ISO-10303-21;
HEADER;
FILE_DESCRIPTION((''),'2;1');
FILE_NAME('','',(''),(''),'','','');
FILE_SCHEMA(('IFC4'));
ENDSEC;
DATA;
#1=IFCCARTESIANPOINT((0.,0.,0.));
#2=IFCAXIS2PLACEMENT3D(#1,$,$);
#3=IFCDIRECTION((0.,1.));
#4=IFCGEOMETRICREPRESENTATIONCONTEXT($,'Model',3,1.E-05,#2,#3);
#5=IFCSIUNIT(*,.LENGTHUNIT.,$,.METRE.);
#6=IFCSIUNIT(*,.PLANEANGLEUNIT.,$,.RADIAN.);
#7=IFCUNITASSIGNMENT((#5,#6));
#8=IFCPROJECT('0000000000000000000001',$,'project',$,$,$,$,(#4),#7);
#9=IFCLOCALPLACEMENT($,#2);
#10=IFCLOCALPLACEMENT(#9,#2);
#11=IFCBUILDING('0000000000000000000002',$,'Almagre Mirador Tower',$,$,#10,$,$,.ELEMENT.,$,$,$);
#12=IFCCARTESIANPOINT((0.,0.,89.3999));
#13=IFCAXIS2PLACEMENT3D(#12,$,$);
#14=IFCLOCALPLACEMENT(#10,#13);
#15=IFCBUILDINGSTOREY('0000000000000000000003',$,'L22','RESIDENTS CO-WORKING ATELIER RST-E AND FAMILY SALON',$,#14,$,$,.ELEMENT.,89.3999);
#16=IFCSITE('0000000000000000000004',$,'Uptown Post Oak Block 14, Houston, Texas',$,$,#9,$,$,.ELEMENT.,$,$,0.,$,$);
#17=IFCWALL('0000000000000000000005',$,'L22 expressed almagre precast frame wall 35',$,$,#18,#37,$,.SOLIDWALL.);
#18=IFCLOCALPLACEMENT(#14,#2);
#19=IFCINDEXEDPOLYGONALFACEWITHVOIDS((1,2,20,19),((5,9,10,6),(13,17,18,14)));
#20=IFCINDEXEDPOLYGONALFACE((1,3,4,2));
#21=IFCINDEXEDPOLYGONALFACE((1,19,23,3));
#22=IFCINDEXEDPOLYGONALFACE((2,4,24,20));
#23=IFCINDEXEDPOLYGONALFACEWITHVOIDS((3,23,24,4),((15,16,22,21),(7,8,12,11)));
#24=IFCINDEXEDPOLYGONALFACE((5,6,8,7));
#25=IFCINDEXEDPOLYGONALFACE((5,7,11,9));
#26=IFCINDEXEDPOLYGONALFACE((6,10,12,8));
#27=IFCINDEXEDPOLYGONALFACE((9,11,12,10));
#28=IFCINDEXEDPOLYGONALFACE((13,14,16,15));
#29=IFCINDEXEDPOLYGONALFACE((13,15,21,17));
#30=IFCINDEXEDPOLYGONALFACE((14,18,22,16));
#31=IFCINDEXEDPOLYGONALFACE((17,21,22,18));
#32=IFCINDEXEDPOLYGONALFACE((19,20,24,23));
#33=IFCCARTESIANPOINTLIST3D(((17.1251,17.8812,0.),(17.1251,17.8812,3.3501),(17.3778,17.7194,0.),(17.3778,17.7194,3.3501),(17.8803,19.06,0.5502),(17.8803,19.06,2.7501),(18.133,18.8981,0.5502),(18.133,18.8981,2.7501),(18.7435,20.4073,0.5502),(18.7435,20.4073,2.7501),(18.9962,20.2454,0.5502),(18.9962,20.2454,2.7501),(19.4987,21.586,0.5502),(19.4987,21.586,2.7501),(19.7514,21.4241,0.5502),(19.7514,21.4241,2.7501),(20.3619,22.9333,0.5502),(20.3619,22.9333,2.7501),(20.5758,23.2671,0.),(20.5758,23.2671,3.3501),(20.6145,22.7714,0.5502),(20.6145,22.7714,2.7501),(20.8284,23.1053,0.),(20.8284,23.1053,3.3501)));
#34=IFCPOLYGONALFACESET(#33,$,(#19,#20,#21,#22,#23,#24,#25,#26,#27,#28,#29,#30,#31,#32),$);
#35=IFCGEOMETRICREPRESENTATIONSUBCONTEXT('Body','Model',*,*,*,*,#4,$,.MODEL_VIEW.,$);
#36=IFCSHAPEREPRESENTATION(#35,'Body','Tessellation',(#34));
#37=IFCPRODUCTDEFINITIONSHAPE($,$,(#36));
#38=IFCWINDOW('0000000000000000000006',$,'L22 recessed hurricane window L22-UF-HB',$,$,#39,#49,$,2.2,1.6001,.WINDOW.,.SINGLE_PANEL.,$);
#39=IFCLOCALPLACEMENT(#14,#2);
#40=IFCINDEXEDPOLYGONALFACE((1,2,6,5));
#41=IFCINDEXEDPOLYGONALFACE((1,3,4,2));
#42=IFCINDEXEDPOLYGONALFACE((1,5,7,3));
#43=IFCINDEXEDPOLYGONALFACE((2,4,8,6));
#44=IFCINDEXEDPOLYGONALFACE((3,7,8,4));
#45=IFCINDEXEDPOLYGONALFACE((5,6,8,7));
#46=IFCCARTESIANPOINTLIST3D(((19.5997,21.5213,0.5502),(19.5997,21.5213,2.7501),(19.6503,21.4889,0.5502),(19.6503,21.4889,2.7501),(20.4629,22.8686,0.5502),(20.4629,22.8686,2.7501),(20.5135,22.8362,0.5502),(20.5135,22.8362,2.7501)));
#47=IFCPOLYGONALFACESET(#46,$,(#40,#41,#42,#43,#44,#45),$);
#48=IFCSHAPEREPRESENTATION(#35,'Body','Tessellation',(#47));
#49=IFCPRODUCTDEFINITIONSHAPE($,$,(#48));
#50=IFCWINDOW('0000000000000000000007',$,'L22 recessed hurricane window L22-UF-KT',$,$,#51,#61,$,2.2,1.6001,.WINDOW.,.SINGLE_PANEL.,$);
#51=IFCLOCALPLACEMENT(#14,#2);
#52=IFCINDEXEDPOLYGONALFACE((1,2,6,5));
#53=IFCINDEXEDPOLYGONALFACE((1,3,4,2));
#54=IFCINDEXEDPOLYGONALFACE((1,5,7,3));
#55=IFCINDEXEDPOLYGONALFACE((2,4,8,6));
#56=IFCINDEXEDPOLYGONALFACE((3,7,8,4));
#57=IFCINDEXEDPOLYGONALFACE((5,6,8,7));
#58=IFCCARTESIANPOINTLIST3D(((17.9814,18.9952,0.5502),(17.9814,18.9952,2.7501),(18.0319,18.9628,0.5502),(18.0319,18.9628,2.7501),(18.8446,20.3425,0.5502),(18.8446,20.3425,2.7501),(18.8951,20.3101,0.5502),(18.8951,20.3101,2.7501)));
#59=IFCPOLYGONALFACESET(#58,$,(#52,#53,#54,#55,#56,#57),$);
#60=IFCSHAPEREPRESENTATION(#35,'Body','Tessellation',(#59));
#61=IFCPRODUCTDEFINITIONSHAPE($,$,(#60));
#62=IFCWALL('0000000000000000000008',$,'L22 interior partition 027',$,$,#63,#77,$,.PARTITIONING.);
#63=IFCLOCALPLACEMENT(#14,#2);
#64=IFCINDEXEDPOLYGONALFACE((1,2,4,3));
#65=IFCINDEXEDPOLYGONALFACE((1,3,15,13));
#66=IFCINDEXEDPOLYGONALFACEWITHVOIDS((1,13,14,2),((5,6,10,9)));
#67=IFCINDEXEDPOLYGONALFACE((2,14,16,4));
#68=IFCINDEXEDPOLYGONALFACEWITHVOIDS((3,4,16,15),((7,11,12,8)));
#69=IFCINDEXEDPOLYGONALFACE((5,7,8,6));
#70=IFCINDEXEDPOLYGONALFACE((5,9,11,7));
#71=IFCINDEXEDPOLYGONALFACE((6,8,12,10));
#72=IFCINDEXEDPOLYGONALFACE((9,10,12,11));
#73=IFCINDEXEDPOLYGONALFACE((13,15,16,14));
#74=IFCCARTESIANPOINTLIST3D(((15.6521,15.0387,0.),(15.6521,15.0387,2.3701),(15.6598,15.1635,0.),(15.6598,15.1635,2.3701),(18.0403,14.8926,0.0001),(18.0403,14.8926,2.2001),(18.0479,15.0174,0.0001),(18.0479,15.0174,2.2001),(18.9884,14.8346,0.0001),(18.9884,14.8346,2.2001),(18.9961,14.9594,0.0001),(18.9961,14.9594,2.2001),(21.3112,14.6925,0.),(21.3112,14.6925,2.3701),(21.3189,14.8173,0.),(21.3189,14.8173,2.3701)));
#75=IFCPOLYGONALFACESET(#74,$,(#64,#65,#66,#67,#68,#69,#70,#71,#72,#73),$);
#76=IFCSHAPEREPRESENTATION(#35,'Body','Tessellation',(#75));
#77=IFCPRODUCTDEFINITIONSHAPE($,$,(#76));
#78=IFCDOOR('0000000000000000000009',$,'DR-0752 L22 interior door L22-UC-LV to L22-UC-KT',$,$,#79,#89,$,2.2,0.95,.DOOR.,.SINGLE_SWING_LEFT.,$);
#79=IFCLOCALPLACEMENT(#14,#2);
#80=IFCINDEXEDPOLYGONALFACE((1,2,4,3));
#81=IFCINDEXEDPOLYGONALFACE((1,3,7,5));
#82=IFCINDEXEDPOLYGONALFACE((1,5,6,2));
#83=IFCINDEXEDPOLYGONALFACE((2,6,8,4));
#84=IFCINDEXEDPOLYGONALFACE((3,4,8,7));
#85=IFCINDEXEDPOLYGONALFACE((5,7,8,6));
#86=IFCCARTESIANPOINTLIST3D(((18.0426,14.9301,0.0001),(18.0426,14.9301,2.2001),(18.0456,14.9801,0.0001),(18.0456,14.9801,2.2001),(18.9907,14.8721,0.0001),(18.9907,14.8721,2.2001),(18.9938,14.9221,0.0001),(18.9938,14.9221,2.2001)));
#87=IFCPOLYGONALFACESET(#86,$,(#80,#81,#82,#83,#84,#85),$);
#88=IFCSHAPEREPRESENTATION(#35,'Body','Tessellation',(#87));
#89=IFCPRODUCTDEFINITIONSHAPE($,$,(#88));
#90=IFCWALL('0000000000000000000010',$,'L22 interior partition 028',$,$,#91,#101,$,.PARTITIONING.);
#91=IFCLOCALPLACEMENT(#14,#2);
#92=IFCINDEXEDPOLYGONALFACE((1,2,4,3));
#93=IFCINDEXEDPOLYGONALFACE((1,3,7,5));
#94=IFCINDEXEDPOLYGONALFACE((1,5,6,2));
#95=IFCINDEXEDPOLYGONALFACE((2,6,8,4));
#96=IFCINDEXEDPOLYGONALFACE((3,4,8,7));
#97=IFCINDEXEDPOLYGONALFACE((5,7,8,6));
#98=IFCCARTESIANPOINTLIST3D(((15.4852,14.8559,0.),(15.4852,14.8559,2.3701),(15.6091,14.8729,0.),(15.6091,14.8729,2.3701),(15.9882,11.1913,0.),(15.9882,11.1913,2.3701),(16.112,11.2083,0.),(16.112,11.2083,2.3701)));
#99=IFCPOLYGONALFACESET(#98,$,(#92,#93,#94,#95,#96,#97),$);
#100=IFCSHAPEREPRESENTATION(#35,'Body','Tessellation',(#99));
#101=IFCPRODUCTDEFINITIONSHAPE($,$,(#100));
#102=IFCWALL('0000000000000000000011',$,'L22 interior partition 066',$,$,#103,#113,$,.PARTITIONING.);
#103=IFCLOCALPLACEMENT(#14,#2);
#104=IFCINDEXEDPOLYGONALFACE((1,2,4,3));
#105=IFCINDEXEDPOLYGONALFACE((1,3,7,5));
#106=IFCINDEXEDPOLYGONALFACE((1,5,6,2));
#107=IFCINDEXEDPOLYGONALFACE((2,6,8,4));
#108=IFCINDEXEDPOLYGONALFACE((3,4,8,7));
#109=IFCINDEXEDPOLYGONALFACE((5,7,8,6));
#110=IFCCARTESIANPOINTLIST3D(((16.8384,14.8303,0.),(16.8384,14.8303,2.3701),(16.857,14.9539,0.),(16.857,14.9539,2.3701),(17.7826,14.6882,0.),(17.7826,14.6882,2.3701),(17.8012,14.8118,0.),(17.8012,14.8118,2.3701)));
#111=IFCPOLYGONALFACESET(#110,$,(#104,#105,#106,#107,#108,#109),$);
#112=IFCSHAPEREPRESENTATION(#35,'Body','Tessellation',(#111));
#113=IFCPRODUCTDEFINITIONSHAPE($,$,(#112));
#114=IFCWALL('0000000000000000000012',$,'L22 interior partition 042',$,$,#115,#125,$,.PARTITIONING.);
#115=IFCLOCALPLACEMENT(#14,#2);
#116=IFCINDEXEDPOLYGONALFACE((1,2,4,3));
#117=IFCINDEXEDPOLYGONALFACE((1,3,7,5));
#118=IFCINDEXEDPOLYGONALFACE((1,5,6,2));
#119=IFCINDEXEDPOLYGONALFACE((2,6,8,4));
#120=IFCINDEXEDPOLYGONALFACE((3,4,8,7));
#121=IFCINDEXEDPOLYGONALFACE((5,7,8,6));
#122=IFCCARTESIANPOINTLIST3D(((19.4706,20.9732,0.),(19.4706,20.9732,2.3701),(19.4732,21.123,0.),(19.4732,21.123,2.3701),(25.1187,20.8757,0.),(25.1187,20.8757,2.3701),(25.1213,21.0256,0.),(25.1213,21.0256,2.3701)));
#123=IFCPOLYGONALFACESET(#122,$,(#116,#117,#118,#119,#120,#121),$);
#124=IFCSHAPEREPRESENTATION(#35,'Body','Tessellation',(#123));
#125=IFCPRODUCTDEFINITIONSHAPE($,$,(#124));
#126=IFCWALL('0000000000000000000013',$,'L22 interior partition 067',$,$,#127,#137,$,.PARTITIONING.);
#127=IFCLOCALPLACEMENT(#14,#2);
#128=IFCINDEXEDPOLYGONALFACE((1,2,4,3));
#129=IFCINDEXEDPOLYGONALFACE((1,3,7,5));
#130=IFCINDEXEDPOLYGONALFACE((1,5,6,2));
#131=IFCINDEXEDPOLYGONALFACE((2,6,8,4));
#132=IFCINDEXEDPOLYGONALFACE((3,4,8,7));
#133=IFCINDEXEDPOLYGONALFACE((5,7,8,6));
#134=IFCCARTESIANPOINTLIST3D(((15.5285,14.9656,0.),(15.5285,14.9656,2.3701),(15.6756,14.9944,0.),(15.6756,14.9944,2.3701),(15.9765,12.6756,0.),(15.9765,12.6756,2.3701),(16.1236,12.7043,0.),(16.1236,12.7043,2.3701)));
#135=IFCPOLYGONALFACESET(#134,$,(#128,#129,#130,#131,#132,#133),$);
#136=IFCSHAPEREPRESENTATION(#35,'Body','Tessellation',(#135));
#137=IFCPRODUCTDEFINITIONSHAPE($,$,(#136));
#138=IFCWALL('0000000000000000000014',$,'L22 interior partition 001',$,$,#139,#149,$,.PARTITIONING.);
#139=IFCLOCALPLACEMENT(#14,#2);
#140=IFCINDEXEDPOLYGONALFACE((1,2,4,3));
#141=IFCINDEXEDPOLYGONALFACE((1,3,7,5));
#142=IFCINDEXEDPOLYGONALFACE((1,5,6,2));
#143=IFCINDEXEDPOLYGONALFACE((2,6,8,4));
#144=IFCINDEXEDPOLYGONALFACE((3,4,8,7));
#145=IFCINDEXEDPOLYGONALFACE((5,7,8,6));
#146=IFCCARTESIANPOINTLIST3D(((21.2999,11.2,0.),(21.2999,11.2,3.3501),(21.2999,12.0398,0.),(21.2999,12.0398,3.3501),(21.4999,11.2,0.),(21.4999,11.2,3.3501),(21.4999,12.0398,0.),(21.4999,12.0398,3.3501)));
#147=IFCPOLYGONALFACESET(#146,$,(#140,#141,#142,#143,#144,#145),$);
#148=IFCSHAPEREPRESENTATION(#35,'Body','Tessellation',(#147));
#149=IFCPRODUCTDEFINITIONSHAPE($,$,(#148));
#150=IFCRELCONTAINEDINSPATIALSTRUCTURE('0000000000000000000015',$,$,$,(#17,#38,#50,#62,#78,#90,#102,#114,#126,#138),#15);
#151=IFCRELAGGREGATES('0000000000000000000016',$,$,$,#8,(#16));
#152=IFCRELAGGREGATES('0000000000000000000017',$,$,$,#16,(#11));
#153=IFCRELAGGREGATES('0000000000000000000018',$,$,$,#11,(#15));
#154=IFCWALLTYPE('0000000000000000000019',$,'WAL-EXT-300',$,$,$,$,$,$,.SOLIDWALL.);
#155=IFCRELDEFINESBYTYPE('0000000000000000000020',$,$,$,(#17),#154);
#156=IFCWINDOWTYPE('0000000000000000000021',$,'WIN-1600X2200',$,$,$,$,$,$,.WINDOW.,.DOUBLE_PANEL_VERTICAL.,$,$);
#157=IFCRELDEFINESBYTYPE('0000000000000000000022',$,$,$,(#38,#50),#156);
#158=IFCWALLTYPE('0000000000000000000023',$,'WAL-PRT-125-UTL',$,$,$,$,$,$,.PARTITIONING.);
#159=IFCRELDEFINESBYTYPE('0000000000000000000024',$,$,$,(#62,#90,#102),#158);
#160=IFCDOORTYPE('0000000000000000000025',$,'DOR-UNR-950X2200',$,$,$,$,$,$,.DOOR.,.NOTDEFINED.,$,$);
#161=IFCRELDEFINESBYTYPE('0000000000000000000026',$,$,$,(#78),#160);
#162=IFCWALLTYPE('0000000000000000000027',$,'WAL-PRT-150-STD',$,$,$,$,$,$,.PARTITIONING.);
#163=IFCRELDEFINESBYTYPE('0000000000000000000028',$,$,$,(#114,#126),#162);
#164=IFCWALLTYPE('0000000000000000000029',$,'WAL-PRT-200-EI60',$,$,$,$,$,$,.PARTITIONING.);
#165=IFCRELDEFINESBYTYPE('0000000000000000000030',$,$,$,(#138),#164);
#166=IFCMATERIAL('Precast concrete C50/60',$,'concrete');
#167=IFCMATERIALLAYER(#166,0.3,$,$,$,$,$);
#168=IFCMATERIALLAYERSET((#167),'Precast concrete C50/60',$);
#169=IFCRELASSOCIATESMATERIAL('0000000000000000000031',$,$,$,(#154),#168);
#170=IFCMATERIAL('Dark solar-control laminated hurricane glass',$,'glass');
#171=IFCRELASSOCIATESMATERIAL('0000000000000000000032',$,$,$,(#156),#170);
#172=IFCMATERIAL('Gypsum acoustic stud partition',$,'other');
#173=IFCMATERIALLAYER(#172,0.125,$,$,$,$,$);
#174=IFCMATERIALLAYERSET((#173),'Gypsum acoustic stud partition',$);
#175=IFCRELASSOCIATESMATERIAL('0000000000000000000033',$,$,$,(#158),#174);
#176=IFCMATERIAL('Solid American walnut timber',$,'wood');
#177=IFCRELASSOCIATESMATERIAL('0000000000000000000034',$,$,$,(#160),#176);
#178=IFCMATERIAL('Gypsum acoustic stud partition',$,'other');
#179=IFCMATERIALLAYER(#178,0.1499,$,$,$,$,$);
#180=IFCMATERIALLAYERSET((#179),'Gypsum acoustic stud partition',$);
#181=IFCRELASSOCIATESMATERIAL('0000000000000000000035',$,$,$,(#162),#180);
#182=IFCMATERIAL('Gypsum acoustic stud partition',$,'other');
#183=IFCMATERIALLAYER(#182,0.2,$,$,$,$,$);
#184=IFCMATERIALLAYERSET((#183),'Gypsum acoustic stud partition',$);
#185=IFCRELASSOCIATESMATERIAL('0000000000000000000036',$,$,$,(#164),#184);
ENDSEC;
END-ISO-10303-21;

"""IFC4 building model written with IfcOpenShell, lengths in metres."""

from ifc_helpers import new_model, si_unit, direction, frame, frame_2d, origin, place, context, subcontext, project, spatial, rectangle, extrude, material, layer, layer_set, type_object, element, fill, save


model = new_model("IFC4")

# Units and contexts
model_context = context("Model", 3, precision=1e-05, world=origin(), true_north=direction((0.0, 1.0)))
body_context = subcontext(model_context, "Body", "Model", "MODEL_VIEW")
ifc_project = project(units=[si_unit("LENGTHUNIT", "METRE"), si_unit("PLANEANGLEUNIT", "RADIAN")], contexts=[model_context])

# Site, building, storey
site_placement = place(None, origin())
site = spatial("IfcSite", under=ifc_project, at=site_placement, Name="Uptown Post Oak Block 14, Houston, Texas", CompositionType="ELEMENT", RefElevation=0.0)
building_placement = place(site_placement, origin())
building = spatial("IfcBuilding", under=site, at=building_placement, Name="Almagre Mirador Tower", CompositionType="ELEMENT")
storey_placement = place(building_placement, frame((0.0, 0.0, 89.3999)))
storey = spatial("IfcBuildingStorey", under=building, at=storey_placement, Name="L22", Description="RESIDENTS CO-WORKING ATELIER RST-E AND FAMILY SALON", CompositionType="ELEMENT", Elevation=89.3999)

# Wall, openings, windows
ifc_material_1 = material(Name="Precast concrete C50/60", Category="concrete")
ifc_layer_1 = layer(ifc_material_1, 0.3)
ifc_layer_set_1 = layer_set([ifc_layer_1], Name="Precast concrete C50/60")
wall_type_1 = type_object("IfcWallType", Name="WAL-EXT-300", PredefinedType="SOLIDWALL", material=ifc_layer_set_1)
wall_1_placement = place(storey_placement, frame((17.2515, 17.8003, 0.0), z_axis=(0.0, 0.0, 1.0), x_axis=(0.539459, 0.842012, 0.0)))
wall_1 = element("IfcWall", 1, at=wall_1_placement, inside=storey, type_object=wall_type_1, Name="L22 expressed almagre precast frame wall 35", PredefinedType="SOLIDWALL", context=body_context, shape_type="SweptSolid", body=[
    extrude(rectangle(XDim=6.3965, YDim=0.3, at=frame_2d((3.1982, 0.0))), origin(), (0.0, 0.0, 1.0), 3.3501),
])
opening_1_placement = place(wall_1_placement, frame((4.3999, 0.0, 0.55)))
opening_1 = element("IfcOpeningElement", 2, at=opening_1_placement, cuts=wall_1, PredefinedType="OPENING", context=body_context, shape_type="SweptSolid", body=[
    extrude(rectangle(XDim=1.6001, YDim=2.2, at=frame_2d((0.8, 1.1001))), frame((0.0, 0.1599, 0.0), z_axis=(0.0, -1.0, 0.0), x_axis=(1.0, 0.0, 0.0)), (0.0, 0.0, 1.0), 0.32),
])
opening_2_placement = place(wall_1_placement, frame((1.3999, 0.0, 0.55)))
opening_2 = element("IfcOpeningElement", 3, at=opening_2_placement, cuts=wall_1, PredefinedType="OPENING", context=body_context, shape_type="SweptSolid", body=[
    extrude(rectangle(XDim=1.6001, YDim=2.2, at=frame_2d((0.8, 1.1001))), frame((0.0, 0.1599, 0.0), z_axis=(0.0, -1.0, 0.0), x_axis=(1.0, 0.0, 0.0)), (0.0, 0.0, 1.0), 0.32),
])
ifc_material_2 = material(Name="Dark solar-control laminated hurricane glass", Category="glass")
window_type = type_object("IfcWindowType", Name="WIN-1600X2200", PartitioningType="DOUBLE_PANEL_VERTICAL", PredefinedType="WINDOW", material=ifc_material_2)
window_1_placement = place(opening_1_placement, origin())
window_1 = element("IfcWindow", 4, at=window_1_placement, inside=storey, type_object=window_type, Name="L22 recessed hurricane window L22-UF-HB", OverallHeight=2.2, OverallWidth=1.6001, PartitioningType="SINGLE_PANEL", PredefinedType="WINDOW", context=body_context, shape_type="SweptSolid", body=[
    extrude(rectangle(XDim=1.6001, YDim=2.2, at=frame_2d((0.8, 1.1001))), frame((0.0, 0.03, 0.0), z_axis=(0.0, -1.0, 0.0), x_axis=(1.0, 0.0, 0.0)), (0.0, 0.0, 1.0), 0.0601),
])
fill(opening_1, window_1)
window_2_placement = place(opening_2_placement, origin())
window_2 = element("IfcWindow", 5, at=window_2_placement, inside=storey, type_object=window_type, Name="L22 recessed hurricane window L22-UF-KT", OverallHeight=2.2, OverallWidth=1.6001, PartitioningType="SINGLE_PANEL", PredefinedType="WINDOW", context=body_context, shape_type="SweptSolid", body=[
    extrude(rectangle(XDim=1.6001, YDim=2.2, at=frame_2d((0.8, 1.1001))), frame((0.0, 0.03, 0.0), z_axis=(0.0, -1.0, 0.0), x_axis=(1.0, 0.0, 0.0)), (0.0, 0.0, 1.0), 0.0601),
])
fill(opening_2, window_2)

# Wall, opening, door
ifc_material_3 = material(Name="Gypsum acoustic stud partition", Category="other")
ifc_layer_2 = layer(ifc_material_3, 0.125)
ifc_layer_set_2 = layer_set([ifc_layer_2], Name="Gypsum acoustic stud partition")
wall_type_2 = type_object("IfcWallType", Name="WAL-PRT-125-UTL", PredefinedType="PARTITIONING", material=ifc_layer_set_2)
wall_2_placement = place(storey_placement, frame((21.3152, 14.7549, 0.0), z_axis=(0.0, 0.0, 1.0), x_axis=(-0.998134, 0.061059, 0.0)))
wall_2 = element("IfcWall", 6, at=wall_2_placement, inside=storey, type_object=wall_type_2, Name="L22 interior partition 027", PredefinedType="PARTITIONING", context=body_context, shape_type="SweptSolid", body=[
    extrude(rectangle(XDim=5.6697, YDim=0.125, at=frame_2d((2.835, 0.0))), origin(), (0.0, 0.0, 1.0), 2.3701),
])
opening_3_placement = place(wall_2_placement, frame((2.3271, 0.0, 0.0)))
opening_3 = element("IfcOpeningElement", 7, at=opening_3_placement, cuts=wall_2, PredefinedType="OPENING", context=body_context, shape_type="SweptSolid", body=[
    extrude(rectangle(XDim=0.95, YDim=2.2, at=frame_2d((0.4751, 1.1001))), frame((0.0, 0.0725, 0.0), z_axis=(0.0, -1.0, 0.0), x_axis=(1.0, 0.0, 0.0)), (0.0, 0.0, 1.0), 0.145),
])
ifc_material_4 = material(Name="Solid American walnut timber", Category="wood")
door_type_1 = type_object("IfcDoorType", Name="DOR-UNR-950X2200", OperationType="NOTDEFINED", PredefinedType="DOOR", material=ifc_material_4)
door_1_placement = place(opening_3_placement, origin())
door_1 = element("IfcDoor", 8, at=door_1_placement, inside=storey, type_object=door_type_1, Name="DR-0752 L22 interior door L22-UC-LV to L22-UC-KT", OperationType="SINGLE_SWING_LEFT", OverallHeight=2.2, OverallWidth=0.95, PredefinedType="DOOR", context=body_context, shape_type="SweptSolid", body=[
    extrude(rectangle(XDim=0.95, YDim=2.2, at=frame_2d((0.4751, 1.1001))), frame((0.0, 0.0249, 0.0), z_axis=(0.0, -1.0, 0.0), x_axis=(1.0, 0.0, 0.0)), (0.0, 0.0, 1.0), 0.05),
])
fill(opening_3, door_1)

# Walls
wall_3_placement = place(storey_placement, frame((15.5471, 14.8645, 0.0), z_axis=(0.0, 0.0, 1.0), x_axis=(0.135967, -0.990713, 0.0)))
element("IfcWall", 9, at=wall_3_placement, inside=storey, type_object=wall_type_2, Name="L22 interior partition 028", PredefinedType="PARTITIONING", context=body_context, shape_type="SweptSolid", body=[
    extrude(rectangle(XDim=3.699, YDim=0.125, at=frame_2d((1.8496, 0.0))), origin(), (0.0, 0.0, 1.0), 2.3701),
])
wall_4_placement = place(storey_placement, frame((17.792, 14.75, 0.0), z_axis=(0.0, 0.0, 1.0), x_axis=(-0.988863, 0.148828, 0.0)))
element("IfcWall", 10, at=wall_4_placement, inside=storey, type_object=wall_type_2, Name="L22 interior partition 066", PredefinedType="PARTITIONING", context=body_context, shape_type="SweptSolid", body=[
    extrude(rectangle(XDim=0.9548, YDim=0.125, at=frame_2d((0.4775, 0.0))), origin(), (0.0, 0.0, 1.0), 2.3701),
])
ifc_material_5 = material(Name="Gypsum acoustic stud partition", Category="other")
ifc_layer_3 = layer(ifc_material_5, 0.1499)
ifc_layer_set_3 = layer_set([ifc_layer_3], Name="Gypsum acoustic stud partition")
wall_type_3 = type_object("IfcWallType", Name="WAL-PRT-150-STD", PredefinedType="PARTITIONING", material=ifc_layer_set_3)
wall_5_placement = place(storey_placement, frame((19.4719, 21.0481, 0.0), z_axis=(0.0, 0.0, 1.0), x_axis=(0.999851, -0.017244, 0.0)))
element("IfcWall", 11, at=wall_5_placement, inside=storey, type_object=wall_type_3, Name="L22 interior partition 042", PredefinedType="PARTITIONING", context=body_context, shape_type="SweptSolid", body=[
    extrude(rectangle(XDim=5.6489, YDim=0.1499, at=frame_2d((2.8245, 0.0))), origin(), (0.0, 0.0, 1.0), 2.3701),
])
wall_6_placement = place(storey_placement, frame((16.05, 12.6899, 0.0), z_axis=(0.0, 0.0, 1.0), x_axis=(-0.19199, 0.981397, 0.0)))
element("IfcWall", 12, at=wall_6_placement, inside=storey, type_object=wall_type_3, Name="L22 interior partition 067", PredefinedType="PARTITIONING", context=body_context, shape_type="SweptSolid", body=[
    extrude(rectangle(XDim=2.3335, YDim=0.1499, at=frame_2d((1.1667, 0.0))), origin(), (0.0, 0.0, 1.0), 2.3701),
])
ifc_material_6 = material(Name="Gypsum acoustic stud partition", Category="other")
ifc_layer_4 = layer(ifc_material_6, 0.2)
ifc_layer_set_4 = layer_set([ifc_layer_4], Name="Gypsum acoustic stud partition")
wall_type_4 = type_object("IfcWallType", Name="WAL-PRT-200-EI60", PredefinedType="PARTITIONING", material=ifc_layer_set_4)
wall_7_placement = place(storey_placement, frame((21.3999, 12.0398, 0.0), z_axis=(0.0, 0.0, 1.0), x_axis=(0.0, -1.0, 0.0)))
element("IfcWall", 13, at=wall_7_placement, inside=storey, type_object=wall_type_4, Name="L22 interior partition 001", PredefinedType="PARTITIONING", context=body_context, shape_type="SweptSolid", body=[
    extrude(rectangle(XDim=0.8398, YDim=0.2, at=frame_2d((0.4199, 0.0))), origin(), (0.0, 0.0, 1.0), 3.3501),
])

save(model, "model.ifc")
